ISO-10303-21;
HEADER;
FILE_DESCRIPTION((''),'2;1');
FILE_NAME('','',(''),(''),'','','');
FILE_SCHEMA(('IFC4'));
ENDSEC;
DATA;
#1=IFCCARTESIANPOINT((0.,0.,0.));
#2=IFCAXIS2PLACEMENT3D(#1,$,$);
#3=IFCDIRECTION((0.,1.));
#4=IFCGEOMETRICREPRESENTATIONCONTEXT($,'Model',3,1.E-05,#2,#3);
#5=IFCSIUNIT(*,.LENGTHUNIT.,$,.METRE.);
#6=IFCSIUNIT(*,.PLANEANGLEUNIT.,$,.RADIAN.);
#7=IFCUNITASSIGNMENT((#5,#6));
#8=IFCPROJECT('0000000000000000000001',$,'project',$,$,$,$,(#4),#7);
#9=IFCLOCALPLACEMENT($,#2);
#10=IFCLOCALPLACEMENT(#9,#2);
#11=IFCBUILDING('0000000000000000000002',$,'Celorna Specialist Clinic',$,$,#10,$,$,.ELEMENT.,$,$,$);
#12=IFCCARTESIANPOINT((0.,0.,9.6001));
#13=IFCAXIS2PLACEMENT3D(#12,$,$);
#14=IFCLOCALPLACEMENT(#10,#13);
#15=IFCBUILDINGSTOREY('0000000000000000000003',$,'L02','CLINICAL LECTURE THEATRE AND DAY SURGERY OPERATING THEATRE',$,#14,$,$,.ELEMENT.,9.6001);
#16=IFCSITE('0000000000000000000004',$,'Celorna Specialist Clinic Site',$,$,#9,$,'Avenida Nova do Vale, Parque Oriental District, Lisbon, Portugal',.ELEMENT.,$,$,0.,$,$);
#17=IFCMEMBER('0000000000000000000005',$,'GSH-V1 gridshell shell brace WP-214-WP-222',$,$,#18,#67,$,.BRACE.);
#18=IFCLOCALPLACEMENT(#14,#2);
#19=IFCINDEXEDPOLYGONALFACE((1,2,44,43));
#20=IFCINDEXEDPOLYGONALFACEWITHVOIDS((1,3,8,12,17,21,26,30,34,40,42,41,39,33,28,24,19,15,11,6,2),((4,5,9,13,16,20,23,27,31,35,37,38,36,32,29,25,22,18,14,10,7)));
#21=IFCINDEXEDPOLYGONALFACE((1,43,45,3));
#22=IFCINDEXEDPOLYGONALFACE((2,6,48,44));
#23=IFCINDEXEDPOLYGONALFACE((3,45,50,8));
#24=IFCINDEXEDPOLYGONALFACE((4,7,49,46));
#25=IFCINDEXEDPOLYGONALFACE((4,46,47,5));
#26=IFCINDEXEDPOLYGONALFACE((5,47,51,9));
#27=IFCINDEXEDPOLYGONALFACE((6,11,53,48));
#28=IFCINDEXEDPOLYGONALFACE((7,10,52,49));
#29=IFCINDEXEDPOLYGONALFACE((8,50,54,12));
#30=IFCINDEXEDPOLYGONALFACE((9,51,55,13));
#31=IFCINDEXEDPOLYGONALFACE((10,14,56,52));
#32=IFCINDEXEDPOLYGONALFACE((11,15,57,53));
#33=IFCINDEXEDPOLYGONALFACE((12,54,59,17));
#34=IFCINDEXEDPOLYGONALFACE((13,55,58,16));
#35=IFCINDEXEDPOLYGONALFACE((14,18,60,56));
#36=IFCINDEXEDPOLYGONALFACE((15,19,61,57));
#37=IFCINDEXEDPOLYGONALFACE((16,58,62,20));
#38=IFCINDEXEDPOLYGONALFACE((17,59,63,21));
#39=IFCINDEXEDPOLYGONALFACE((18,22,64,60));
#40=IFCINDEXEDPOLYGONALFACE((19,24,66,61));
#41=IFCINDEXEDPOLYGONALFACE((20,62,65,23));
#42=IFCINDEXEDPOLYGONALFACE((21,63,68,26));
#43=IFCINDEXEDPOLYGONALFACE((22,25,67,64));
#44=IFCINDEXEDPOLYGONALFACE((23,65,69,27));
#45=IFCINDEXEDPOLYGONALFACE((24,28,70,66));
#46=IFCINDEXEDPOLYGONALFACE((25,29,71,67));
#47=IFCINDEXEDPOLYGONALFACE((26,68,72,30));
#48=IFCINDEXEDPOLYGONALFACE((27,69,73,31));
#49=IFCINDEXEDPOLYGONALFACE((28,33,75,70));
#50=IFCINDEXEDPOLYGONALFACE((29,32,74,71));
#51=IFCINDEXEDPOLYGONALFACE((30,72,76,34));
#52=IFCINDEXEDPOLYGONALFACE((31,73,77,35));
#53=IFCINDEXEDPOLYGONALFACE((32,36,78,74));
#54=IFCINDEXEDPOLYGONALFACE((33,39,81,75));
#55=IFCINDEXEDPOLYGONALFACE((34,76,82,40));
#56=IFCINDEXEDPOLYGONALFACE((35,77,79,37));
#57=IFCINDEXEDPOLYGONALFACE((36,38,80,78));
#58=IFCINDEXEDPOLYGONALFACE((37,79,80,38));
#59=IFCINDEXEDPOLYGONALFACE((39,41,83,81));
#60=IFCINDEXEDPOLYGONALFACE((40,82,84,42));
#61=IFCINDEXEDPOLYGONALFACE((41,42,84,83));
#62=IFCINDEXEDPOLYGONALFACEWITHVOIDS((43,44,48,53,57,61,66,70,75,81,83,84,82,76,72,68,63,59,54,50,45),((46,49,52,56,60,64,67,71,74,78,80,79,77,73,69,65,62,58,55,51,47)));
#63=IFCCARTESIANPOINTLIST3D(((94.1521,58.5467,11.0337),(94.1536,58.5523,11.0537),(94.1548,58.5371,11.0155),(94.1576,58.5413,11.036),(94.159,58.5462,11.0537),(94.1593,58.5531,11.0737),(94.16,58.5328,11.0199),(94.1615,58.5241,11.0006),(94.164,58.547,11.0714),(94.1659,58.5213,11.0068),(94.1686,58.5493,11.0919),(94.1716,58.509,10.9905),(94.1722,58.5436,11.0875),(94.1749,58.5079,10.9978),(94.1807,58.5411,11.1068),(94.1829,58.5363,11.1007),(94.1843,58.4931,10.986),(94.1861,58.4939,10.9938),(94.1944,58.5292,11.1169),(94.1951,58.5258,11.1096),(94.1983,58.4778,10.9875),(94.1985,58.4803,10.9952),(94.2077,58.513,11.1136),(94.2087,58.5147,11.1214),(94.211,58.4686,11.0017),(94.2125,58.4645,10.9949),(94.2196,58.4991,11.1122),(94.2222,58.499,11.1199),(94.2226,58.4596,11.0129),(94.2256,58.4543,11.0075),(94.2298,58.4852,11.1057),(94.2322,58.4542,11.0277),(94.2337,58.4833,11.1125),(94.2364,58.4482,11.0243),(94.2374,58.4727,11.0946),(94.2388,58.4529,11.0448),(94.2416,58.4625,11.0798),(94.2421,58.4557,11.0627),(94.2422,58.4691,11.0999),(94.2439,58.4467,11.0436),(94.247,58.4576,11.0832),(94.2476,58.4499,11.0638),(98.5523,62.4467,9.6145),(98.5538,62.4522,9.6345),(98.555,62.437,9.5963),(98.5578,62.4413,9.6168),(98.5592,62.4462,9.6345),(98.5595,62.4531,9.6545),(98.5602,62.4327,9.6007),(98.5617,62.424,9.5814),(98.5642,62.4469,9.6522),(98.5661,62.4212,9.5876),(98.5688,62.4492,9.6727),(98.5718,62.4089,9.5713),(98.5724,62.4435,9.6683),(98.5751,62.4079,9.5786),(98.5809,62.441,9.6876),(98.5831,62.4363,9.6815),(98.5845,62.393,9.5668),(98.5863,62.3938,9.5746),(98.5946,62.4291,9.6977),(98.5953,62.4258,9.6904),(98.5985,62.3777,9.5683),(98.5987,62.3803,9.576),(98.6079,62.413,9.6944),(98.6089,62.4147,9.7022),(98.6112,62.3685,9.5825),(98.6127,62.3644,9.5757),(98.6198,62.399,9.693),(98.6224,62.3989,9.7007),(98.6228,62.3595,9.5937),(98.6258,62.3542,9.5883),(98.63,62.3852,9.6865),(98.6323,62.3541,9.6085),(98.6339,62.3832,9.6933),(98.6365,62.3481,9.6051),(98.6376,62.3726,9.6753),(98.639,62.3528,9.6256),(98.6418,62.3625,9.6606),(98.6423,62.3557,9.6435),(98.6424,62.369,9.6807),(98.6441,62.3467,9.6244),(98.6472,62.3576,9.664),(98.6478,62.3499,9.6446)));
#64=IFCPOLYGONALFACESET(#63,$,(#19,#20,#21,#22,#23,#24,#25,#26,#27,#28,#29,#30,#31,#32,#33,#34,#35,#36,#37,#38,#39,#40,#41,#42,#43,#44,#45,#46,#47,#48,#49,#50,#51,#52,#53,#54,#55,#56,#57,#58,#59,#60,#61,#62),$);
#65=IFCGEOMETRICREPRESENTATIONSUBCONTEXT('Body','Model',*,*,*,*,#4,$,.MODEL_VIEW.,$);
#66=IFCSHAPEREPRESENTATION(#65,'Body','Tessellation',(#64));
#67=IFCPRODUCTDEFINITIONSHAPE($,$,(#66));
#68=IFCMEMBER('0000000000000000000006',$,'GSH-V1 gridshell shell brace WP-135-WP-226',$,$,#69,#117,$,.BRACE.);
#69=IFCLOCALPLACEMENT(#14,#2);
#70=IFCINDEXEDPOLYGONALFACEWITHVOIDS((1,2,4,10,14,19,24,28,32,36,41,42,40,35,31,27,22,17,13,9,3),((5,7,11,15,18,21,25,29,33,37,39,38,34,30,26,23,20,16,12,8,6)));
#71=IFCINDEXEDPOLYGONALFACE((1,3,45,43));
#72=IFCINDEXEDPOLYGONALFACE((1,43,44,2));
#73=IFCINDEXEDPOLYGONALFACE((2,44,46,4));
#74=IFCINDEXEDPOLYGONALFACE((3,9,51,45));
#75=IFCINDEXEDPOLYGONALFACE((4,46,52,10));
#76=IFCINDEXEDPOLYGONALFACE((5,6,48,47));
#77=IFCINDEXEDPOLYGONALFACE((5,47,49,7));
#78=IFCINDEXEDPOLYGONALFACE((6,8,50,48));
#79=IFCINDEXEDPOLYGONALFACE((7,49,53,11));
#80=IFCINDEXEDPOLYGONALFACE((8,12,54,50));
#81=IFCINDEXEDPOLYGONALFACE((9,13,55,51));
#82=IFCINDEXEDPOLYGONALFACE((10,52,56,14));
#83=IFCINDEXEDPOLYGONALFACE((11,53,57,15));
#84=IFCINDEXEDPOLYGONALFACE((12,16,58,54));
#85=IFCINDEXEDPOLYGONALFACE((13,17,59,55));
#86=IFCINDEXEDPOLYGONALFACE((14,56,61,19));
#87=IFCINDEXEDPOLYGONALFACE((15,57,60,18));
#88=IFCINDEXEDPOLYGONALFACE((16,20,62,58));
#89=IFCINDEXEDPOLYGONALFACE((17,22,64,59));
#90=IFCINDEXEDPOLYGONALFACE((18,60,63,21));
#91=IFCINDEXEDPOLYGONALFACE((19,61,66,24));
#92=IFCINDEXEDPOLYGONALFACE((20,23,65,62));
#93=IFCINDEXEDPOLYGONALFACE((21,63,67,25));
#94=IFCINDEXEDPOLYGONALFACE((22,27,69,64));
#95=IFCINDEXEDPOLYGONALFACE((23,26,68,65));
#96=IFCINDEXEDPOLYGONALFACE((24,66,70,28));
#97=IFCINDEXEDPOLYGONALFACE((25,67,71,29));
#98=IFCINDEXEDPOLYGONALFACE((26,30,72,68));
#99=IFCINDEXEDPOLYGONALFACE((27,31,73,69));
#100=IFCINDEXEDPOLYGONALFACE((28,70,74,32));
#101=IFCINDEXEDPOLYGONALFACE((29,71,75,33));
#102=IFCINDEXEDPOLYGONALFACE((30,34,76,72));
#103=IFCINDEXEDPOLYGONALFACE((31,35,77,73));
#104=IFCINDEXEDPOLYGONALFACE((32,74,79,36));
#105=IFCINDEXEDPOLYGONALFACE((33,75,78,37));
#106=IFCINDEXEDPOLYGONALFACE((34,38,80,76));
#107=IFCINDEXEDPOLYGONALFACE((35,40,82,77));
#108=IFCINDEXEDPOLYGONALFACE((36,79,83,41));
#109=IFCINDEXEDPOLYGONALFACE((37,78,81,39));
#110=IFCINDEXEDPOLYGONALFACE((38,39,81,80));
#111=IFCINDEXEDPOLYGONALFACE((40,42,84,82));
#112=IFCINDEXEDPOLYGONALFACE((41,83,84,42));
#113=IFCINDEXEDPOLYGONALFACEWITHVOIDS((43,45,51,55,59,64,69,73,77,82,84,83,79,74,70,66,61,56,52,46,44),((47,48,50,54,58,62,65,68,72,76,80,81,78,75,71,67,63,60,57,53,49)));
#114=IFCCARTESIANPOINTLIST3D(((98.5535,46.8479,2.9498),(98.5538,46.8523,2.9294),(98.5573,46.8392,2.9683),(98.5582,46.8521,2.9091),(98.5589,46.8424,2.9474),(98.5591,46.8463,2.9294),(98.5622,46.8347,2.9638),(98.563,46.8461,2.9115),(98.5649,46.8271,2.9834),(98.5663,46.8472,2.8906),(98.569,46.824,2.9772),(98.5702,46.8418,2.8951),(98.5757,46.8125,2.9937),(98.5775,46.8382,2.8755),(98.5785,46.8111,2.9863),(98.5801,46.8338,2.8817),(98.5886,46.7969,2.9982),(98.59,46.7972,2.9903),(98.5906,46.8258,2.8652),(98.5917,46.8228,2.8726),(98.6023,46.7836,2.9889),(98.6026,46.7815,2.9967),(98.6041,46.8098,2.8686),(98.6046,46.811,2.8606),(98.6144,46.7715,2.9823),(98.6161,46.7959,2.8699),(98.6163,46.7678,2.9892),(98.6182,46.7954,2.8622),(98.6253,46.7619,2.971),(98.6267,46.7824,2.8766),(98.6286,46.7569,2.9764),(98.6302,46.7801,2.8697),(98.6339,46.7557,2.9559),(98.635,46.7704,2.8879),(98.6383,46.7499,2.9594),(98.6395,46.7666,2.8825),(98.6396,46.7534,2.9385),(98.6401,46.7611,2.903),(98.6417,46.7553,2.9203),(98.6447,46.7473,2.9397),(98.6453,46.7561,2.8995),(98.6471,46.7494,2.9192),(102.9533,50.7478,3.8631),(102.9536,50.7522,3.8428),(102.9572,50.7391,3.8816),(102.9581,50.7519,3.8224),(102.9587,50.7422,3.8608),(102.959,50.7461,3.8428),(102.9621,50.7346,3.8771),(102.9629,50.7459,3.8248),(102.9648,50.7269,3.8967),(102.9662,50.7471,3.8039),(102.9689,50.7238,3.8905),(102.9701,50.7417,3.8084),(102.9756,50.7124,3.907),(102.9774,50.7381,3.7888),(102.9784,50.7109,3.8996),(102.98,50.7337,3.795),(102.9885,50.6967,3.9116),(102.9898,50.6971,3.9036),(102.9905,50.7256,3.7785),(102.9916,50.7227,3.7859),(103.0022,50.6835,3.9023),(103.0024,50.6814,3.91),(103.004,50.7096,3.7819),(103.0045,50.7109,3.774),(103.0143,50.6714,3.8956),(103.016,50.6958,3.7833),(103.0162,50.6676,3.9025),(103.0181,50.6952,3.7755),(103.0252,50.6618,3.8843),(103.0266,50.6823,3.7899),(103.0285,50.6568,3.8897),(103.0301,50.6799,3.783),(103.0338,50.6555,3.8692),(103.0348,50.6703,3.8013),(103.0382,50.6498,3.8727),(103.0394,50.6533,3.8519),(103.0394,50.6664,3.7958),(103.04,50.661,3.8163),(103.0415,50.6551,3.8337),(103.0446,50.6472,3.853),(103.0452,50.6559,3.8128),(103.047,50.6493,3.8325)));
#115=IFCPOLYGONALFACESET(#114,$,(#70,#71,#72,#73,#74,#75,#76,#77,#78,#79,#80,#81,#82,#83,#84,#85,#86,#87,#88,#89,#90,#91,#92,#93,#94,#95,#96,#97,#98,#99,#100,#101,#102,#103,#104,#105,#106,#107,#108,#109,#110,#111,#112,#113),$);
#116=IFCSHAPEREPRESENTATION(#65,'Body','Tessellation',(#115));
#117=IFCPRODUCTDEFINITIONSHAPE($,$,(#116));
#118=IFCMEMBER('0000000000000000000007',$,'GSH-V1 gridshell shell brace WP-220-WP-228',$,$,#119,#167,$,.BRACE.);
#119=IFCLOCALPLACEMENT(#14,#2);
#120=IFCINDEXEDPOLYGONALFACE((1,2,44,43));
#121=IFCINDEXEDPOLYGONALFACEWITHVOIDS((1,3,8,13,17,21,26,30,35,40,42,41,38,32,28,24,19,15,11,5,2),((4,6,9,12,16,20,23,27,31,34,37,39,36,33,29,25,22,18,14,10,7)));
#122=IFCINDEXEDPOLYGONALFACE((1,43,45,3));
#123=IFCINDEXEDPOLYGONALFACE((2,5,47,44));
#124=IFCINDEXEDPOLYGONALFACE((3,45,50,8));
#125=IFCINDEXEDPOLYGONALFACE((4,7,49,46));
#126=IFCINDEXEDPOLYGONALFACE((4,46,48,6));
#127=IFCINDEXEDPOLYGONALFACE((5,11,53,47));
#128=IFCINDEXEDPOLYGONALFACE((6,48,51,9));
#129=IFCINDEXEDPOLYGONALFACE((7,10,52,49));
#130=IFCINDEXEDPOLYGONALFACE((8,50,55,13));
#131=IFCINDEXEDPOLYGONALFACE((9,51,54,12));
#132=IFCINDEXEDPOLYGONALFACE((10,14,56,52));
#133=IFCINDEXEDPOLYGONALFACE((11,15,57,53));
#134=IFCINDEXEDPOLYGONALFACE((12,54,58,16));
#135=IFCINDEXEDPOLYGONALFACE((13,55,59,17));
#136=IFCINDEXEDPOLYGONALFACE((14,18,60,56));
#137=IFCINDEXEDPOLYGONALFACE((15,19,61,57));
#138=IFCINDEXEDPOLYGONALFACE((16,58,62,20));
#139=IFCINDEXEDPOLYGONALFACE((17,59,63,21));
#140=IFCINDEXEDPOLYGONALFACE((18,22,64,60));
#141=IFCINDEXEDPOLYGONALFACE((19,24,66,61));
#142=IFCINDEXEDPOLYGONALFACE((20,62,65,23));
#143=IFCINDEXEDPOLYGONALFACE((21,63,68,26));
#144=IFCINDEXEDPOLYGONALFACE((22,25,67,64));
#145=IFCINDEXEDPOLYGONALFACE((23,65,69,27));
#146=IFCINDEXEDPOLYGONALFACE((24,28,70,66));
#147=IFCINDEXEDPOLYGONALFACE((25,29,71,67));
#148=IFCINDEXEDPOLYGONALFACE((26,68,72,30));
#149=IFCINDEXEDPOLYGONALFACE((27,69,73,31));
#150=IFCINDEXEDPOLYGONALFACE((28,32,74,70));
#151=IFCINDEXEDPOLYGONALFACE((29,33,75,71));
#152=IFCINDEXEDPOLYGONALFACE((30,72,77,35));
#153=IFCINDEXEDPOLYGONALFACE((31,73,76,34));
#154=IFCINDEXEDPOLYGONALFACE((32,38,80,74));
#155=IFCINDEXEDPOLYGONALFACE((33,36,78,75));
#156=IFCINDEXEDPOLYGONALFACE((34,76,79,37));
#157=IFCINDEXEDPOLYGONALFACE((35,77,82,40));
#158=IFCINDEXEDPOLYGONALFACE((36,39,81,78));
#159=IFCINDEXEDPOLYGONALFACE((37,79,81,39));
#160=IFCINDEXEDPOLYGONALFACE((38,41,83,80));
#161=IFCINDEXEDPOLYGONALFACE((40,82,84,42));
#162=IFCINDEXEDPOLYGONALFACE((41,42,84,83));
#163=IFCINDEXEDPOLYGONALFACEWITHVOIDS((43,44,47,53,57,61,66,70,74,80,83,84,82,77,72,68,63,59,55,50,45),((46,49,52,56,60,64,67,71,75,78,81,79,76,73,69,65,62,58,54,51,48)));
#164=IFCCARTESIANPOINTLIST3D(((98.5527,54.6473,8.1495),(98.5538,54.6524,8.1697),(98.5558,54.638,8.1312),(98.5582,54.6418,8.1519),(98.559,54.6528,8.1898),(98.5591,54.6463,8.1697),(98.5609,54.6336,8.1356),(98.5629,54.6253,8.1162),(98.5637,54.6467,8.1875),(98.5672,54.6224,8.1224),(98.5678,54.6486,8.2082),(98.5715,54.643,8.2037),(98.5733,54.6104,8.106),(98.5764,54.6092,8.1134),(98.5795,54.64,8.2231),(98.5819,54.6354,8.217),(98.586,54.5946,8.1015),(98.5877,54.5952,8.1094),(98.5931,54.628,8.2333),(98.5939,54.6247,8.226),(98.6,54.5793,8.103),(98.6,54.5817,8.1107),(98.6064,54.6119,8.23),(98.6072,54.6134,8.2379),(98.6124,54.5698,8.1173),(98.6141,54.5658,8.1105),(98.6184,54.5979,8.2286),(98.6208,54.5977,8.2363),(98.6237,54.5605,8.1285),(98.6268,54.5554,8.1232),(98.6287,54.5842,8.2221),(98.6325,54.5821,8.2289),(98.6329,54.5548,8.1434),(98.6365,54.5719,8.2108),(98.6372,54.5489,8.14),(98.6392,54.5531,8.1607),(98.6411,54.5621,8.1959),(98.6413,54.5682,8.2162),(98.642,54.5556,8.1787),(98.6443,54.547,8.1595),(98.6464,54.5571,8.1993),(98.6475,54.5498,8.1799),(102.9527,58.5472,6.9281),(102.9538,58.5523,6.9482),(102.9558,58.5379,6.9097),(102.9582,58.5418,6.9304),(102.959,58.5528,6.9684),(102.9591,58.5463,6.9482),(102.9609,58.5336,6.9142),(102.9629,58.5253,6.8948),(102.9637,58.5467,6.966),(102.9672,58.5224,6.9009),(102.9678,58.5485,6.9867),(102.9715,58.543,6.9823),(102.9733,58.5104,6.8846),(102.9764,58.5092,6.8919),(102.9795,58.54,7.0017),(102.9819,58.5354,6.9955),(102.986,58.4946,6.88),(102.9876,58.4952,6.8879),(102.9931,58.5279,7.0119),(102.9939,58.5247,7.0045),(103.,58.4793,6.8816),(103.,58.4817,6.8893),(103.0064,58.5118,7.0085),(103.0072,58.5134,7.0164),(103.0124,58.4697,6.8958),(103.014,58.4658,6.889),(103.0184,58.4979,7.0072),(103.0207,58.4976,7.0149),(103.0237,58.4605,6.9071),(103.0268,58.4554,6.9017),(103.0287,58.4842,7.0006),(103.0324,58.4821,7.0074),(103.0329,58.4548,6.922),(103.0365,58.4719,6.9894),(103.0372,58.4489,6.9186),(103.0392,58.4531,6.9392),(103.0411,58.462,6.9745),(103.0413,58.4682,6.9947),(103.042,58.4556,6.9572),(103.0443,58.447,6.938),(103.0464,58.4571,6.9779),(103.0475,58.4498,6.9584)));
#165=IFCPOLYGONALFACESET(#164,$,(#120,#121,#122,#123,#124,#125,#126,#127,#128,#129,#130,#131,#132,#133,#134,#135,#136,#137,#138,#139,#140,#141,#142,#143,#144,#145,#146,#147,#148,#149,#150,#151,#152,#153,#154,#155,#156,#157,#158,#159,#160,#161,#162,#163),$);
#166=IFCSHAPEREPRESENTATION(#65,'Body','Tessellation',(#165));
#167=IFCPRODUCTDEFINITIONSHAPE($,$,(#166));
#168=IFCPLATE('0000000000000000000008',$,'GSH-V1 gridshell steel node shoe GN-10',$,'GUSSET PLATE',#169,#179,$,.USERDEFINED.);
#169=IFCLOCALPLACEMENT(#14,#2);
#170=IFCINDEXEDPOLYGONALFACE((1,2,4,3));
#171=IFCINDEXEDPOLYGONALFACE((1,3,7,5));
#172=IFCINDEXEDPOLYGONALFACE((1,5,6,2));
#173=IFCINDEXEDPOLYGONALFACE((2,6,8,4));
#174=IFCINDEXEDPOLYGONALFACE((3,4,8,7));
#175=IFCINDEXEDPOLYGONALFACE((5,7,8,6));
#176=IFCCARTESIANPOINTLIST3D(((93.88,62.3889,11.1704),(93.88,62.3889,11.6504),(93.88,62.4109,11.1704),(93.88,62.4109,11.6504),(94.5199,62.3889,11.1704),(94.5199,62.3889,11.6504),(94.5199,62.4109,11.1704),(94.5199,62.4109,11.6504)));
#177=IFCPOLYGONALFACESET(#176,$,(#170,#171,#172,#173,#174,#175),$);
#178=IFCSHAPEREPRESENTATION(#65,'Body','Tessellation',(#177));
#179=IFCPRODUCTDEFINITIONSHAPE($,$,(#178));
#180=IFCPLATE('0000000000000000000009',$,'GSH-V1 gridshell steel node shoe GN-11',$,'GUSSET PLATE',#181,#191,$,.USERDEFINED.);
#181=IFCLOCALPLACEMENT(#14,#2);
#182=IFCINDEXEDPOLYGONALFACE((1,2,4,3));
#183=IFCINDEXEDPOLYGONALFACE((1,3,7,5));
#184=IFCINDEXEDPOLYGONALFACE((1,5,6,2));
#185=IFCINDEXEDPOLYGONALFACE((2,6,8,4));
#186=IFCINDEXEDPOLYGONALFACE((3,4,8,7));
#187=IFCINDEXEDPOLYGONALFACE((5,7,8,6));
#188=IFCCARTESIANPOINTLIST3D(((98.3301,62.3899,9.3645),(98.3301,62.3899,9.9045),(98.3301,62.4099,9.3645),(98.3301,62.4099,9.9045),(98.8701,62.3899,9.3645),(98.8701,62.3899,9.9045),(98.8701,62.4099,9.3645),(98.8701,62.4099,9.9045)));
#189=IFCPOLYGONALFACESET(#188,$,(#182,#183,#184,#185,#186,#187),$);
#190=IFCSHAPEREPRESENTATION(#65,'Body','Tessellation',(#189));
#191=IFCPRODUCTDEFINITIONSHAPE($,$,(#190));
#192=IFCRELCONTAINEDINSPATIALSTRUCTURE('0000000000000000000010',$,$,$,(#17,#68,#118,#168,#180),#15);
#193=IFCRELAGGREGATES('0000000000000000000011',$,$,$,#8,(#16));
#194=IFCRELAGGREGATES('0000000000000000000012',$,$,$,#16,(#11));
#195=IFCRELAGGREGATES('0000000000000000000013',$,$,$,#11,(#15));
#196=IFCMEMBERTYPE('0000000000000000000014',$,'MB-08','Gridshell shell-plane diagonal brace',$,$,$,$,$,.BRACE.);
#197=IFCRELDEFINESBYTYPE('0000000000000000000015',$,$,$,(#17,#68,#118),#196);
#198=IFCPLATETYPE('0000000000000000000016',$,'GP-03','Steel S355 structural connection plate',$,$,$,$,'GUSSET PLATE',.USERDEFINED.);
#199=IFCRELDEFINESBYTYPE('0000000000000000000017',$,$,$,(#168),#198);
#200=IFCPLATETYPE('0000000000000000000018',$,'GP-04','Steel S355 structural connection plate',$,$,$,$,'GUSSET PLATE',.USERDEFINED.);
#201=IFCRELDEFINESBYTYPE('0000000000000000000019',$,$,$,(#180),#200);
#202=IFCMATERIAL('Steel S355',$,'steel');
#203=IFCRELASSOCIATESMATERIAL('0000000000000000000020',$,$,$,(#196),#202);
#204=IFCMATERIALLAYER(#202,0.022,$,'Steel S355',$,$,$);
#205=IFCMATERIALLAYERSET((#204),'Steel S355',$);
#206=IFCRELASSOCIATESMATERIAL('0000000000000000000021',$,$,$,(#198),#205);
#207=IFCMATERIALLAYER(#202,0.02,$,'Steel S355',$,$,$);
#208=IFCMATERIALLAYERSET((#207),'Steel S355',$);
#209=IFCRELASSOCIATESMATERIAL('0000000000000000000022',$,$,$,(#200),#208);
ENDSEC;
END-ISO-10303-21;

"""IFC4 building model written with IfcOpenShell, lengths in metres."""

from ifc_helpers import new_model, si_unit, direction, frame, origin, origin_2d, place, context, subcontext, project, spatial, rectangle, hollow_circle, extrude, material, layer, layer_set, material_profile, profile_set, type_object, element, save


model = new_model("IFC4")

# Units and contexts
model_context = context("Model", 3, precision=1e-05, world=origin(), true_north=direction((0.0, 1.0)))
body_context = subcontext(model_context, "Body", "Model", "MODEL_VIEW")
ifc_project = project(units=[si_unit("LENGTHUNIT", "METRE"), si_unit("PLANEANGLEUNIT", "RADIAN")], contexts=[model_context])

# Site, building, storey
site_placement = place(None, origin())
site = spatial("IfcSite", under=ifc_project, at=site_placement, Name="Celorna Specialist Clinic Site", LongName="Avenida Nova do Vale, Parque Oriental District, Lisbon, Portugal", CompositionType="ELEMENT", RefElevation=0.0)
building_placement = place(site_placement, origin())
building = spatial("IfcBuilding", under=site, at=building_placement, Name="Celorna Specialist Clinic", CompositionType="ELEMENT")
storey_placement = place(building_placement, frame((0.0, 0.0, 9.6001)))
storey = spatial("IfcBuildingStorey", under=building, at=storey_placement, Name="L02", Description="CLINICAL LECTURE THEATRE AND DAY SURGERY OPERATING THEATRE", CompositionType="ELEMENT", Elevation=9.6001)

# Members
ifc_material_1 = material(Name="Steel S355", Category="steel")
ifc_material_profile_1 = material_profile(ifc_material_1, hollow_circle(Radius=0.0698, WallThickness=0.0081, at=origin_2d()), Name="CHS 139.7x8")
ifc_profile_set_1 = profile_set([ifc_material_profile_1], Name="Steel S355")
member_type_1 = type_object("IfcMemberType", Name="MB-08", Description="Gridshell shell-plane diagonal brace", PredefinedType="BRACE", material=ifc_profile_set_1)
member_1_placement = place(storey_placement, frame((94.2, 58.5, 11.0537), z_axis=(0.727475, 0.644769, -0.234634), x_axis=(-0.663286, 0.748366, 0.0)))
element("IfcMember", 1, at=member_1_placement, inside=storey, type_object=member_type_1, Name="GSH-V1 gridshell shell brace WP-214-WP-222", PredefinedType="BRACE", context=body_context, shape_type="SweptSolid", body=[
    extrude(hollow_circle(Radius=0.0698, WallThickness=0.0081, at=origin_2d()), origin(), (0.0, 0.0, 1.0), 6.0486),
])
member_2_placement = place(storey_placement, frame((98.6001, 46.8, 2.9294), z_axis=(0.739479, 0.655445, 0.153501), x_axis=(-0.663306, 0.748348, 0.0)))
element("IfcMember", 2, at=member_2_placement, inside=storey, type_object=member_type_1, Name="GSH-V1 gridshell shell brace WP-135-WP-226", PredefinedType="BRACE", context=body_context, shape_type="SweptSolid", body=[
    extrude(hollow_circle(Radius=0.0698, WallThickness=0.0081, at=origin_2d()), origin(), (0.0, 0.0, 1.0), 5.95),
])
member_3_placement = place(storey_placement, frame((98.6001, 54.6001, 8.1697), z_axis=(0.732704, 0.64944, -0.203402), x_axis=(-0.663306, 0.748348, 0.0)))
element("IfcMember", 3, at=member_3_placement, inside=storey, type_object=member_type_1, Name="GSH-V1 gridshell shell brace WP-220-WP-228", PredefinedType="BRACE", context=body_context, shape_type="SweptSolid", body=[
    extrude(hollow_circle(Radius=0.0698, WallThickness=0.0081, at=origin_2d()), origin(), (0.0, 0.0, 1.0), 6.0051),
])

# Plates
ifc_layer_1 = layer(ifc_material_1, 0.022, Name="Steel S355")
ifc_layer_set_1 = layer_set([ifc_layer_1], Name="Steel S355")
plate_type_1 = type_object("IfcPlateType", Name="GP-03", Description="Steel S355 structural connection plate", ElementType="GUSSET PLATE", PredefinedType="USERDEFINED", material=ifc_layer_set_1)
plate_1_placement = place(storey_placement, frame((94.2, 62.3999, 11.1704), z_axis=(0.0, 0.0, 1.0), x_axis=(1.0, 0.0, 0.0)))
element("IfcPlate", 4, at=plate_1_placement, inside=storey, type_object=plate_type_1, Name="GSH-V1 gridshell steel node shoe GN-10", ObjectType="GUSSET PLATE", PredefinedType="USERDEFINED", context=body_context, shape_type="SweptSolid", body=[
    extrude(rectangle(XDim=0.6399, YDim=0.022, at=origin_2d()), origin(), (0.0, 0.0, 1.0), 0.48),
])
ifc_layer_2 = layer(ifc_material_1, 0.02, Name="Steel S355")
ifc_layer_set_2 = layer_set([ifc_layer_2], Name="Steel S355")
plate_type_2 = type_object("IfcPlateType", Name="GP-04", Description="Steel S355 structural connection plate", ElementType="GUSSET PLATE", PredefinedType="USERDEFINED", material=ifc_layer_set_2)
plate_2_placement = place(storey_placement, frame((98.6001, 62.3999, 9.3645), z_axis=(0.0, 0.0, 1.0), x_axis=(1.0, 0.0, 0.0)))
element("IfcPlate", 5, at=plate_2_placement, inside=storey, type_object=plate_type_2, Name="GSH-V1 gridshell steel node shoe GN-11", ObjectType="GUSSET PLATE", PredefinedType="USERDEFINED", context=body_context, shape_type="SweptSolid", body=[
    extrude(rectangle(XDim=0.54, YDim=0.02, at=origin_2d()), origin(), (0.0, 0.0, 1.0), 0.54),
])

save(model, "model.ifc")
